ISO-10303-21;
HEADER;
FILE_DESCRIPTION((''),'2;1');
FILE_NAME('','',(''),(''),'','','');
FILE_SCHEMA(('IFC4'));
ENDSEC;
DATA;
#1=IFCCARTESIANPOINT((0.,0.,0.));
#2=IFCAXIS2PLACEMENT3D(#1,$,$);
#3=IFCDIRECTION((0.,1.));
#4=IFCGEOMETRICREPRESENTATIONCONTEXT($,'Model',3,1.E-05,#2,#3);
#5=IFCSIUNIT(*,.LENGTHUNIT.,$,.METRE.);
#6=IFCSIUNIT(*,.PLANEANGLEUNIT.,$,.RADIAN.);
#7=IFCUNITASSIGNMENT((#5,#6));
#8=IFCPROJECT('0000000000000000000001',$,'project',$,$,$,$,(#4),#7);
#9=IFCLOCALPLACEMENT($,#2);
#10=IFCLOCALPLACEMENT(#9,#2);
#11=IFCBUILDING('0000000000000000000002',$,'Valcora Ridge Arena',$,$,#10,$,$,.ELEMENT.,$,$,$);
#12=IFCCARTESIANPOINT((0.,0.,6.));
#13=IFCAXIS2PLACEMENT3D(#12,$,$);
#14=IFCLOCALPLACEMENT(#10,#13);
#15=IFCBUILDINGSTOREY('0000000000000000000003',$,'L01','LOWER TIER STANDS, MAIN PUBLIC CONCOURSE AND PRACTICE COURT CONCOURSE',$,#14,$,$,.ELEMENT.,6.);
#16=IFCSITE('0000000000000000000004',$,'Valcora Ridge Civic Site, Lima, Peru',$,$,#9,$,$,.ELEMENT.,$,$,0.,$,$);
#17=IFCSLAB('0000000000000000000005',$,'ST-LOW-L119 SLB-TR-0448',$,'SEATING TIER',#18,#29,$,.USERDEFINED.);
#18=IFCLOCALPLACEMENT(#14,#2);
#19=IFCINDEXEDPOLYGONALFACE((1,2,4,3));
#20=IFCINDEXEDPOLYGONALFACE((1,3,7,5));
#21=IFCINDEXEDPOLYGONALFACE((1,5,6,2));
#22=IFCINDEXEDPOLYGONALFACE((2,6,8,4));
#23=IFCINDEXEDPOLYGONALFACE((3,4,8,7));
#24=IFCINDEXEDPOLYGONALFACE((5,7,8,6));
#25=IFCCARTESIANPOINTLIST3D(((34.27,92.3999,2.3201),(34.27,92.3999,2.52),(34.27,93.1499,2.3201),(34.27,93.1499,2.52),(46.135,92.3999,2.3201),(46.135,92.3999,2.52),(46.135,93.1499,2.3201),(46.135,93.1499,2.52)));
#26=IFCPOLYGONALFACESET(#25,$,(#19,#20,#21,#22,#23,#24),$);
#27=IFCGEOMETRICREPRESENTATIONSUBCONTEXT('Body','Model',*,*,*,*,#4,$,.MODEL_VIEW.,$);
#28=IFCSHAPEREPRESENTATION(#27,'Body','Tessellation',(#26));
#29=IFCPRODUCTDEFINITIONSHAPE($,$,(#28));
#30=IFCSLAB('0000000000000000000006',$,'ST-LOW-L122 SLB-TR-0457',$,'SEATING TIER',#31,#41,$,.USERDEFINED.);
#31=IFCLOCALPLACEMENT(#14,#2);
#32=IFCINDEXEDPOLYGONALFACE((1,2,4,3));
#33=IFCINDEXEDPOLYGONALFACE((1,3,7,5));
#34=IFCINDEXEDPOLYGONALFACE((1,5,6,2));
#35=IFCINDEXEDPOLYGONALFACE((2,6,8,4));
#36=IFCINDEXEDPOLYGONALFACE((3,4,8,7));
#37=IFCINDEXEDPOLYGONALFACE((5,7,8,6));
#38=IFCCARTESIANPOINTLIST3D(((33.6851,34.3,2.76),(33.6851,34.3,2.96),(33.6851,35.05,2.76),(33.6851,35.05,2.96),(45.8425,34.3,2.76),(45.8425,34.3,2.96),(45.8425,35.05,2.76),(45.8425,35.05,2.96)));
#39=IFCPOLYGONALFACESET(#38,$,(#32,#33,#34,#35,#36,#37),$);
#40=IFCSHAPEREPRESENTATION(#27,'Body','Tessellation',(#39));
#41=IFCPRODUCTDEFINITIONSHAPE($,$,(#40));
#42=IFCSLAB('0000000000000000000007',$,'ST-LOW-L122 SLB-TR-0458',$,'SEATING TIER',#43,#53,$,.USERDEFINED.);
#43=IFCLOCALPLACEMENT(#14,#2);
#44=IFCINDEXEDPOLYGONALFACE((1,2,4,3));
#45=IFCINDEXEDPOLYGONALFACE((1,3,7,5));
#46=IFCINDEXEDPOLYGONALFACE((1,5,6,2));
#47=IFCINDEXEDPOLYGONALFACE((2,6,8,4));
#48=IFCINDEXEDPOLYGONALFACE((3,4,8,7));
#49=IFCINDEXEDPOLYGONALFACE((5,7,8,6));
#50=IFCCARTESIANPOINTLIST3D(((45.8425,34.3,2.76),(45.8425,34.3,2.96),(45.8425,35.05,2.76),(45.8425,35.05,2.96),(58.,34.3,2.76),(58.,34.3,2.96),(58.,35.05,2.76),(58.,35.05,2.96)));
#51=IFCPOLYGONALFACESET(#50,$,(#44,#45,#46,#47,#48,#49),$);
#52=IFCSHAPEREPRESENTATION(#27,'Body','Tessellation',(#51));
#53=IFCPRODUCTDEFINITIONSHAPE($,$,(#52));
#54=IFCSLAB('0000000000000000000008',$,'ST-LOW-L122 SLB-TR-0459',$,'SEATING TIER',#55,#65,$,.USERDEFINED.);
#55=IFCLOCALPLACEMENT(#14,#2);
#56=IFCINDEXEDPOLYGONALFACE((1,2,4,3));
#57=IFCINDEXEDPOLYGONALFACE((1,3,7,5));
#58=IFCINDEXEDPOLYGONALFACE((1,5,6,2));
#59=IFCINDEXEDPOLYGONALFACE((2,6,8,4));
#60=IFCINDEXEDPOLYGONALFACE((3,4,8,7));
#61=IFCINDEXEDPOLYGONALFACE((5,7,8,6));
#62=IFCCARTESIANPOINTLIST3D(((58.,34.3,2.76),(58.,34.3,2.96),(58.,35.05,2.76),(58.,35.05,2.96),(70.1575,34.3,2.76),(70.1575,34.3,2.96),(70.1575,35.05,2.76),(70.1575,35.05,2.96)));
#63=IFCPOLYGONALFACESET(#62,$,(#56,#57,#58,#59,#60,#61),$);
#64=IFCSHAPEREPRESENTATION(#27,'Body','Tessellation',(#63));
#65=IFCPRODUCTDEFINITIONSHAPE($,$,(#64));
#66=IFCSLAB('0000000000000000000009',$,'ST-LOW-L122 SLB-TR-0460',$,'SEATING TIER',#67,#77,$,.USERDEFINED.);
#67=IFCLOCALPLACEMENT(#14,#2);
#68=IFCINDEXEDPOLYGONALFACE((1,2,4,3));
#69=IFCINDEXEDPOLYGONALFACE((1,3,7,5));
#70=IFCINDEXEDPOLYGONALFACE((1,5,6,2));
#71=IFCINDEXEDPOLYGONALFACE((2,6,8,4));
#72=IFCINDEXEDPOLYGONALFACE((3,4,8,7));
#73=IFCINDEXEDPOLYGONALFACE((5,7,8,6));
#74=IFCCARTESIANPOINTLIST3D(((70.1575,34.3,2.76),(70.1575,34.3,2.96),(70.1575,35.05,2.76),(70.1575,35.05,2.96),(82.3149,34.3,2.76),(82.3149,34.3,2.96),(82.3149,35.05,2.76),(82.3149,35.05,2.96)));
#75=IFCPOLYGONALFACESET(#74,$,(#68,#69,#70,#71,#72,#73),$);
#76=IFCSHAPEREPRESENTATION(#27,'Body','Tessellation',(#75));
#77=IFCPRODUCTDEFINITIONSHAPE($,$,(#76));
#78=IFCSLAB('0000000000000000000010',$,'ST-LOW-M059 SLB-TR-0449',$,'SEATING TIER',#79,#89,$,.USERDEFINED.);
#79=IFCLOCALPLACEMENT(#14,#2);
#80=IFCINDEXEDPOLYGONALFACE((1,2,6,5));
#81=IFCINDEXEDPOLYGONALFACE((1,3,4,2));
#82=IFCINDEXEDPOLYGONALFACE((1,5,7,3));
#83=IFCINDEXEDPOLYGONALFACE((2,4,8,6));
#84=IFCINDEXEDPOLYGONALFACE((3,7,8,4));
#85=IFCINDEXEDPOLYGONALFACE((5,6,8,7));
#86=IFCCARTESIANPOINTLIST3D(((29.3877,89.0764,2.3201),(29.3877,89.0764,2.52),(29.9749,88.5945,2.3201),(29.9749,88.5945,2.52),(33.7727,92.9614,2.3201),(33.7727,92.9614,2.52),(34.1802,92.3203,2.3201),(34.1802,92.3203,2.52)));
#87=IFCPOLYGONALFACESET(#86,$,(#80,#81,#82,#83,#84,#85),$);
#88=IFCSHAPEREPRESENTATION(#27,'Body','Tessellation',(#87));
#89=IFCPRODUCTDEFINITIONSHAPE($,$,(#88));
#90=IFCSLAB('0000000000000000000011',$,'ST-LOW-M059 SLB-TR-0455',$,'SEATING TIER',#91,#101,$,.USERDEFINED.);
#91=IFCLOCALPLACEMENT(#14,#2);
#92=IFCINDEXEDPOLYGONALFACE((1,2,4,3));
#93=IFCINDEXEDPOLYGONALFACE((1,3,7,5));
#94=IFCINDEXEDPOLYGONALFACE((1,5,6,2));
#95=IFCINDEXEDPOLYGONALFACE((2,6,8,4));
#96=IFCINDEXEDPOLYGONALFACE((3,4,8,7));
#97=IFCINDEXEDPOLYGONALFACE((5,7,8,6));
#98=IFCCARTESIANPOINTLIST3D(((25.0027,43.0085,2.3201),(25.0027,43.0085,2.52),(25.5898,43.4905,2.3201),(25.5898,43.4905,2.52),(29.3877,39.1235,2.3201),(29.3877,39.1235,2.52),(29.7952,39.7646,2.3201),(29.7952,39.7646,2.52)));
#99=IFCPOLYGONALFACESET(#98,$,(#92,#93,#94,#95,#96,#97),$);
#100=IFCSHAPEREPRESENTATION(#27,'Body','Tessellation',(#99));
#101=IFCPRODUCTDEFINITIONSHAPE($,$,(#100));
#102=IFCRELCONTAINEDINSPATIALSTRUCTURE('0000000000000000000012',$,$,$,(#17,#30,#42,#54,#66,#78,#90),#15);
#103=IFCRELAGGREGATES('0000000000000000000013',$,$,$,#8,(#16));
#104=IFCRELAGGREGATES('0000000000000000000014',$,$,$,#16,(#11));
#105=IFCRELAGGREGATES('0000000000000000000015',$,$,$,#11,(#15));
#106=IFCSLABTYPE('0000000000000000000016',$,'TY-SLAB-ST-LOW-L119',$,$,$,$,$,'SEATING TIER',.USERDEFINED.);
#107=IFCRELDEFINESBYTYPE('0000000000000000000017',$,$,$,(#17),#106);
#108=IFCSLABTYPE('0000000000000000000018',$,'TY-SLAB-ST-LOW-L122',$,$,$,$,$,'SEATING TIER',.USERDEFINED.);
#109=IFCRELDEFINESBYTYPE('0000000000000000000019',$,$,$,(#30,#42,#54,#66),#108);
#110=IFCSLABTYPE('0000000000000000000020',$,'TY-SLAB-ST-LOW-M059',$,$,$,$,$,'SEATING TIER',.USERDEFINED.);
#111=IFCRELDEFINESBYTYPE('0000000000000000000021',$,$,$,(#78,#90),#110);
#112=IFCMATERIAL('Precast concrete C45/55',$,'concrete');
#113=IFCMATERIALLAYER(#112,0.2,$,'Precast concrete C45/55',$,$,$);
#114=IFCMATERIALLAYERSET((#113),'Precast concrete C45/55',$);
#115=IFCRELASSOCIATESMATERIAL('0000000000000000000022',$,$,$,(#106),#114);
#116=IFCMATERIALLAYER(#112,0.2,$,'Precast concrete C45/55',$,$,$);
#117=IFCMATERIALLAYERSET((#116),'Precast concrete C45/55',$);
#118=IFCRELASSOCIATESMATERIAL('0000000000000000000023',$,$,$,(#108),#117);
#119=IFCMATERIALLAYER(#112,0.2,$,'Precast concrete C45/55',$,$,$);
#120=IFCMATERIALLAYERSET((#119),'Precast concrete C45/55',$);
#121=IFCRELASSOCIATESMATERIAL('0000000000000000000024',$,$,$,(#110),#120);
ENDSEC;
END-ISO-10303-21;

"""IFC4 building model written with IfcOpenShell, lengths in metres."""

from ifc_helpers import new_model, si_unit, direction, frame, origin, place, context, subcontext, project, spatial, polyline, outline, extrude, material, layer, layer_set, type_object, element, save


model = new_model("IFC4")

# Units and contexts
model_context = context("Model", 3, precision=1e-05, world=origin(), true_north=direction((0.0, 1.0)))
body_context = subcontext(model_context, "Body", "Model", "MODEL_VIEW")
ifc_project = project(units=[si_unit("LENGTHUNIT", "METRE"), si_unit("PLANEANGLEUNIT", "RADIAN")], contexts=[model_context])

# Site, building, storey
site_placement = place(None, origin())
site = spatial("IfcSite", under=ifc_project, at=site_placement, Name="Valcora Ridge Civic Site, Lima, Peru", CompositionType="ELEMENT", RefElevation=0.0)
building_placement = place(site_placement, origin())
building = spatial("IfcBuilding", under=site, at=building_placement, Name="Valcora Ridge Arena", CompositionType="ELEMENT")
storey_placement = place(building_placement, frame((0.0, 0.0, 6.0)))
storey = spatial("IfcBuildingStorey", under=building, at=storey_placement, Name="L01", Description="LOWER TIER STANDS, MAIN PUBLIC CONCOURSE AND PRACTICE COURT CONCOURSE", CompositionType="ELEMENT", Elevation=6.0)

# Slabs
ifc_material = material(Name="Precast concrete C45/55", Category="concrete")
ifc_layer_1 = layer(ifc_material, 0.2, Name="Precast concrete C45/55")
ifc_layer_set_1 = layer_set([ifc_layer_1], Name="Precast concrete C45/55")
slab_type_1 = type_object("IfcSlabType", Name="TY-SLAB-ST-LOW-L119", ElementType="SEATING TIER", PredefinedType="USERDEFINED", material=ifc_layer_set_1)
slab_1_placement = place(storey_placement, frame((0.0, 0.0, 2.3201)))
element("IfcSlab", 1, at=slab_1_placement, inside=storey, type_object=slab_type_1, Name="ST-LOW-L119 SLB-TR-0448", ObjectType="SEATING TIER", PredefinedType="USERDEFINED", context=body_context, shape_type="SweptSolid", body=[
    extrude(outline(polyline([(46.135, 92.3999), (34.27, 92.3999), (34.27, 93.1499), (46.135, 93.1499), (46.135, 92.3999)])), origin(), (0.0, 0.0, 1.0), 0.2),
])
ifc_layer_2 = layer(ifc_material, 0.2, Name="Precast concrete C45/55")
ifc_layer_set_2 = layer_set([ifc_layer_2], Name="Precast concrete C45/55")
slab_type_2 = type_object("IfcSlabType", Name="TY-SLAB-ST-LOW-L122", ElementType="SEATING TIER", PredefinedType="USERDEFINED", material=ifc_layer_set_2)
slab_2_placement = place(storey_placement, frame((0.0, 0.0, 2.76)))
element("IfcSlab", 2, at=slab_2_placement, inside=storey, type_object=slab_type_2, Name="ST-LOW-L122 SLB-TR-0457", ObjectType="SEATING TIER", PredefinedType="USERDEFINED", context=body_context, shape_type="SweptSolid", body=[
    extrude(outline(polyline([(33.6851, 35.05), (45.8425, 35.05), (45.8425, 34.3), (33.6851, 34.3), (33.6851, 35.05)])), origin(), (0.0, 0.0, 1.0), 0.2),
])
slab_3_placement = place(storey_placement, frame((0.0, 0.0, 2.76)))
element("IfcSlab", 3, at=slab_3_placement, inside=storey, type_object=slab_type_2, Name="ST-LOW-L122 SLB-TR-0458", ObjectType="SEATING TIER", PredefinedType="USERDEFINED", context=body_context, shape_type="SweptSolid", body=[
    extrude(outline(polyline([(45.8425, 35.05), (58.0, 35.05), (58.0, 34.3), (45.8425, 34.3), (45.8425, 35.05)])), origin(), (0.0, 0.0, 1.0), 0.2),
])
slab_4_placement = place(storey_placement, frame((0.0, 0.0, 2.76)))
element("IfcSlab", 4, at=slab_4_placement, inside=storey, type_object=slab_type_2, Name="ST-LOW-L122 SLB-TR-0459", ObjectType="SEATING TIER", PredefinedType="USERDEFINED", context=body_context, shape_type="SweptSolid", body=[
    extrude(outline(polyline([(58.0, 35.05), (70.1575, 35.05), (70.1575, 34.3), (58.0, 34.3), (58.0, 35.05)])), origin(), (0.0, 0.0, 1.0), 0.2),
])
slab_5_placement = place(storey_placement, frame((0.0, 0.0, 2.76)))
element("IfcSlab", 5, at=slab_5_placement, inside=storey, type_object=slab_type_2, Name="ST-LOW-L122 SLB-TR-0460", ObjectType="SEATING TIER", PredefinedType="USERDEFINED", context=body_context, shape_type="SweptSolid", body=[
    extrude(outline(polyline([(70.1575, 35.05), (82.3149, 35.05), (82.3149, 34.3), (70.1575, 34.3), (70.1575, 35.05)])), origin(), (0.0, 0.0, 1.0), 0.2),
])
ifc_layer_3 = layer(ifc_material, 0.2, Name="Precast concrete C45/55")
ifc_layer_set_3 = layer_set([ifc_layer_3], Name="Precast concrete C45/55")
slab_type_3 = type_object("IfcSlabType", Name="TY-SLAB-ST-LOW-M059", ElementType="SEATING TIER", PredefinedType="USERDEFINED", material=ifc_layer_set_3)
slab_6_placement = place(storey_placement, frame((0.0, 0.0, 2.3201)))
element("IfcSlab", 6, at=slab_6_placement, inside=storey, type_object=slab_type_3, Name="ST-LOW-M059 SLB-TR-0449", ObjectType="SEATING TIER", PredefinedType="USERDEFINED", context=body_context, shape_type="SweptSolid", body=[
    extrude(outline(polyline([(34.1802, 92.3203), (29.9749, 88.5945), (29.3877, 89.0764), (33.7727, 92.9614), (34.1802, 92.3203)])), origin(), (0.0, 0.0, 1.0), 0.2),
])
slab_7_placement = place(storey_placement, frame((0.0, 0.0, 2.3201)))
element("IfcSlab", 7, at=slab_7_placement, inside=storey, type_object=slab_type_3, Name="ST-LOW-M059 SLB-TR-0455", ObjectType="SEATING TIER", PredefinedType="USERDEFINED", context=body_context, shape_type="SweptSolid", body=[
    extrude(outline(polyline([(25.5898, 43.4905), (29.7952, 39.7646), (29.3877, 39.1235), (25.0027, 43.0085), (25.5898, 43.4905)])), origin(), (0.0, 0.0, 1.0), 0.2),
])

save(model, "model.ifc")
